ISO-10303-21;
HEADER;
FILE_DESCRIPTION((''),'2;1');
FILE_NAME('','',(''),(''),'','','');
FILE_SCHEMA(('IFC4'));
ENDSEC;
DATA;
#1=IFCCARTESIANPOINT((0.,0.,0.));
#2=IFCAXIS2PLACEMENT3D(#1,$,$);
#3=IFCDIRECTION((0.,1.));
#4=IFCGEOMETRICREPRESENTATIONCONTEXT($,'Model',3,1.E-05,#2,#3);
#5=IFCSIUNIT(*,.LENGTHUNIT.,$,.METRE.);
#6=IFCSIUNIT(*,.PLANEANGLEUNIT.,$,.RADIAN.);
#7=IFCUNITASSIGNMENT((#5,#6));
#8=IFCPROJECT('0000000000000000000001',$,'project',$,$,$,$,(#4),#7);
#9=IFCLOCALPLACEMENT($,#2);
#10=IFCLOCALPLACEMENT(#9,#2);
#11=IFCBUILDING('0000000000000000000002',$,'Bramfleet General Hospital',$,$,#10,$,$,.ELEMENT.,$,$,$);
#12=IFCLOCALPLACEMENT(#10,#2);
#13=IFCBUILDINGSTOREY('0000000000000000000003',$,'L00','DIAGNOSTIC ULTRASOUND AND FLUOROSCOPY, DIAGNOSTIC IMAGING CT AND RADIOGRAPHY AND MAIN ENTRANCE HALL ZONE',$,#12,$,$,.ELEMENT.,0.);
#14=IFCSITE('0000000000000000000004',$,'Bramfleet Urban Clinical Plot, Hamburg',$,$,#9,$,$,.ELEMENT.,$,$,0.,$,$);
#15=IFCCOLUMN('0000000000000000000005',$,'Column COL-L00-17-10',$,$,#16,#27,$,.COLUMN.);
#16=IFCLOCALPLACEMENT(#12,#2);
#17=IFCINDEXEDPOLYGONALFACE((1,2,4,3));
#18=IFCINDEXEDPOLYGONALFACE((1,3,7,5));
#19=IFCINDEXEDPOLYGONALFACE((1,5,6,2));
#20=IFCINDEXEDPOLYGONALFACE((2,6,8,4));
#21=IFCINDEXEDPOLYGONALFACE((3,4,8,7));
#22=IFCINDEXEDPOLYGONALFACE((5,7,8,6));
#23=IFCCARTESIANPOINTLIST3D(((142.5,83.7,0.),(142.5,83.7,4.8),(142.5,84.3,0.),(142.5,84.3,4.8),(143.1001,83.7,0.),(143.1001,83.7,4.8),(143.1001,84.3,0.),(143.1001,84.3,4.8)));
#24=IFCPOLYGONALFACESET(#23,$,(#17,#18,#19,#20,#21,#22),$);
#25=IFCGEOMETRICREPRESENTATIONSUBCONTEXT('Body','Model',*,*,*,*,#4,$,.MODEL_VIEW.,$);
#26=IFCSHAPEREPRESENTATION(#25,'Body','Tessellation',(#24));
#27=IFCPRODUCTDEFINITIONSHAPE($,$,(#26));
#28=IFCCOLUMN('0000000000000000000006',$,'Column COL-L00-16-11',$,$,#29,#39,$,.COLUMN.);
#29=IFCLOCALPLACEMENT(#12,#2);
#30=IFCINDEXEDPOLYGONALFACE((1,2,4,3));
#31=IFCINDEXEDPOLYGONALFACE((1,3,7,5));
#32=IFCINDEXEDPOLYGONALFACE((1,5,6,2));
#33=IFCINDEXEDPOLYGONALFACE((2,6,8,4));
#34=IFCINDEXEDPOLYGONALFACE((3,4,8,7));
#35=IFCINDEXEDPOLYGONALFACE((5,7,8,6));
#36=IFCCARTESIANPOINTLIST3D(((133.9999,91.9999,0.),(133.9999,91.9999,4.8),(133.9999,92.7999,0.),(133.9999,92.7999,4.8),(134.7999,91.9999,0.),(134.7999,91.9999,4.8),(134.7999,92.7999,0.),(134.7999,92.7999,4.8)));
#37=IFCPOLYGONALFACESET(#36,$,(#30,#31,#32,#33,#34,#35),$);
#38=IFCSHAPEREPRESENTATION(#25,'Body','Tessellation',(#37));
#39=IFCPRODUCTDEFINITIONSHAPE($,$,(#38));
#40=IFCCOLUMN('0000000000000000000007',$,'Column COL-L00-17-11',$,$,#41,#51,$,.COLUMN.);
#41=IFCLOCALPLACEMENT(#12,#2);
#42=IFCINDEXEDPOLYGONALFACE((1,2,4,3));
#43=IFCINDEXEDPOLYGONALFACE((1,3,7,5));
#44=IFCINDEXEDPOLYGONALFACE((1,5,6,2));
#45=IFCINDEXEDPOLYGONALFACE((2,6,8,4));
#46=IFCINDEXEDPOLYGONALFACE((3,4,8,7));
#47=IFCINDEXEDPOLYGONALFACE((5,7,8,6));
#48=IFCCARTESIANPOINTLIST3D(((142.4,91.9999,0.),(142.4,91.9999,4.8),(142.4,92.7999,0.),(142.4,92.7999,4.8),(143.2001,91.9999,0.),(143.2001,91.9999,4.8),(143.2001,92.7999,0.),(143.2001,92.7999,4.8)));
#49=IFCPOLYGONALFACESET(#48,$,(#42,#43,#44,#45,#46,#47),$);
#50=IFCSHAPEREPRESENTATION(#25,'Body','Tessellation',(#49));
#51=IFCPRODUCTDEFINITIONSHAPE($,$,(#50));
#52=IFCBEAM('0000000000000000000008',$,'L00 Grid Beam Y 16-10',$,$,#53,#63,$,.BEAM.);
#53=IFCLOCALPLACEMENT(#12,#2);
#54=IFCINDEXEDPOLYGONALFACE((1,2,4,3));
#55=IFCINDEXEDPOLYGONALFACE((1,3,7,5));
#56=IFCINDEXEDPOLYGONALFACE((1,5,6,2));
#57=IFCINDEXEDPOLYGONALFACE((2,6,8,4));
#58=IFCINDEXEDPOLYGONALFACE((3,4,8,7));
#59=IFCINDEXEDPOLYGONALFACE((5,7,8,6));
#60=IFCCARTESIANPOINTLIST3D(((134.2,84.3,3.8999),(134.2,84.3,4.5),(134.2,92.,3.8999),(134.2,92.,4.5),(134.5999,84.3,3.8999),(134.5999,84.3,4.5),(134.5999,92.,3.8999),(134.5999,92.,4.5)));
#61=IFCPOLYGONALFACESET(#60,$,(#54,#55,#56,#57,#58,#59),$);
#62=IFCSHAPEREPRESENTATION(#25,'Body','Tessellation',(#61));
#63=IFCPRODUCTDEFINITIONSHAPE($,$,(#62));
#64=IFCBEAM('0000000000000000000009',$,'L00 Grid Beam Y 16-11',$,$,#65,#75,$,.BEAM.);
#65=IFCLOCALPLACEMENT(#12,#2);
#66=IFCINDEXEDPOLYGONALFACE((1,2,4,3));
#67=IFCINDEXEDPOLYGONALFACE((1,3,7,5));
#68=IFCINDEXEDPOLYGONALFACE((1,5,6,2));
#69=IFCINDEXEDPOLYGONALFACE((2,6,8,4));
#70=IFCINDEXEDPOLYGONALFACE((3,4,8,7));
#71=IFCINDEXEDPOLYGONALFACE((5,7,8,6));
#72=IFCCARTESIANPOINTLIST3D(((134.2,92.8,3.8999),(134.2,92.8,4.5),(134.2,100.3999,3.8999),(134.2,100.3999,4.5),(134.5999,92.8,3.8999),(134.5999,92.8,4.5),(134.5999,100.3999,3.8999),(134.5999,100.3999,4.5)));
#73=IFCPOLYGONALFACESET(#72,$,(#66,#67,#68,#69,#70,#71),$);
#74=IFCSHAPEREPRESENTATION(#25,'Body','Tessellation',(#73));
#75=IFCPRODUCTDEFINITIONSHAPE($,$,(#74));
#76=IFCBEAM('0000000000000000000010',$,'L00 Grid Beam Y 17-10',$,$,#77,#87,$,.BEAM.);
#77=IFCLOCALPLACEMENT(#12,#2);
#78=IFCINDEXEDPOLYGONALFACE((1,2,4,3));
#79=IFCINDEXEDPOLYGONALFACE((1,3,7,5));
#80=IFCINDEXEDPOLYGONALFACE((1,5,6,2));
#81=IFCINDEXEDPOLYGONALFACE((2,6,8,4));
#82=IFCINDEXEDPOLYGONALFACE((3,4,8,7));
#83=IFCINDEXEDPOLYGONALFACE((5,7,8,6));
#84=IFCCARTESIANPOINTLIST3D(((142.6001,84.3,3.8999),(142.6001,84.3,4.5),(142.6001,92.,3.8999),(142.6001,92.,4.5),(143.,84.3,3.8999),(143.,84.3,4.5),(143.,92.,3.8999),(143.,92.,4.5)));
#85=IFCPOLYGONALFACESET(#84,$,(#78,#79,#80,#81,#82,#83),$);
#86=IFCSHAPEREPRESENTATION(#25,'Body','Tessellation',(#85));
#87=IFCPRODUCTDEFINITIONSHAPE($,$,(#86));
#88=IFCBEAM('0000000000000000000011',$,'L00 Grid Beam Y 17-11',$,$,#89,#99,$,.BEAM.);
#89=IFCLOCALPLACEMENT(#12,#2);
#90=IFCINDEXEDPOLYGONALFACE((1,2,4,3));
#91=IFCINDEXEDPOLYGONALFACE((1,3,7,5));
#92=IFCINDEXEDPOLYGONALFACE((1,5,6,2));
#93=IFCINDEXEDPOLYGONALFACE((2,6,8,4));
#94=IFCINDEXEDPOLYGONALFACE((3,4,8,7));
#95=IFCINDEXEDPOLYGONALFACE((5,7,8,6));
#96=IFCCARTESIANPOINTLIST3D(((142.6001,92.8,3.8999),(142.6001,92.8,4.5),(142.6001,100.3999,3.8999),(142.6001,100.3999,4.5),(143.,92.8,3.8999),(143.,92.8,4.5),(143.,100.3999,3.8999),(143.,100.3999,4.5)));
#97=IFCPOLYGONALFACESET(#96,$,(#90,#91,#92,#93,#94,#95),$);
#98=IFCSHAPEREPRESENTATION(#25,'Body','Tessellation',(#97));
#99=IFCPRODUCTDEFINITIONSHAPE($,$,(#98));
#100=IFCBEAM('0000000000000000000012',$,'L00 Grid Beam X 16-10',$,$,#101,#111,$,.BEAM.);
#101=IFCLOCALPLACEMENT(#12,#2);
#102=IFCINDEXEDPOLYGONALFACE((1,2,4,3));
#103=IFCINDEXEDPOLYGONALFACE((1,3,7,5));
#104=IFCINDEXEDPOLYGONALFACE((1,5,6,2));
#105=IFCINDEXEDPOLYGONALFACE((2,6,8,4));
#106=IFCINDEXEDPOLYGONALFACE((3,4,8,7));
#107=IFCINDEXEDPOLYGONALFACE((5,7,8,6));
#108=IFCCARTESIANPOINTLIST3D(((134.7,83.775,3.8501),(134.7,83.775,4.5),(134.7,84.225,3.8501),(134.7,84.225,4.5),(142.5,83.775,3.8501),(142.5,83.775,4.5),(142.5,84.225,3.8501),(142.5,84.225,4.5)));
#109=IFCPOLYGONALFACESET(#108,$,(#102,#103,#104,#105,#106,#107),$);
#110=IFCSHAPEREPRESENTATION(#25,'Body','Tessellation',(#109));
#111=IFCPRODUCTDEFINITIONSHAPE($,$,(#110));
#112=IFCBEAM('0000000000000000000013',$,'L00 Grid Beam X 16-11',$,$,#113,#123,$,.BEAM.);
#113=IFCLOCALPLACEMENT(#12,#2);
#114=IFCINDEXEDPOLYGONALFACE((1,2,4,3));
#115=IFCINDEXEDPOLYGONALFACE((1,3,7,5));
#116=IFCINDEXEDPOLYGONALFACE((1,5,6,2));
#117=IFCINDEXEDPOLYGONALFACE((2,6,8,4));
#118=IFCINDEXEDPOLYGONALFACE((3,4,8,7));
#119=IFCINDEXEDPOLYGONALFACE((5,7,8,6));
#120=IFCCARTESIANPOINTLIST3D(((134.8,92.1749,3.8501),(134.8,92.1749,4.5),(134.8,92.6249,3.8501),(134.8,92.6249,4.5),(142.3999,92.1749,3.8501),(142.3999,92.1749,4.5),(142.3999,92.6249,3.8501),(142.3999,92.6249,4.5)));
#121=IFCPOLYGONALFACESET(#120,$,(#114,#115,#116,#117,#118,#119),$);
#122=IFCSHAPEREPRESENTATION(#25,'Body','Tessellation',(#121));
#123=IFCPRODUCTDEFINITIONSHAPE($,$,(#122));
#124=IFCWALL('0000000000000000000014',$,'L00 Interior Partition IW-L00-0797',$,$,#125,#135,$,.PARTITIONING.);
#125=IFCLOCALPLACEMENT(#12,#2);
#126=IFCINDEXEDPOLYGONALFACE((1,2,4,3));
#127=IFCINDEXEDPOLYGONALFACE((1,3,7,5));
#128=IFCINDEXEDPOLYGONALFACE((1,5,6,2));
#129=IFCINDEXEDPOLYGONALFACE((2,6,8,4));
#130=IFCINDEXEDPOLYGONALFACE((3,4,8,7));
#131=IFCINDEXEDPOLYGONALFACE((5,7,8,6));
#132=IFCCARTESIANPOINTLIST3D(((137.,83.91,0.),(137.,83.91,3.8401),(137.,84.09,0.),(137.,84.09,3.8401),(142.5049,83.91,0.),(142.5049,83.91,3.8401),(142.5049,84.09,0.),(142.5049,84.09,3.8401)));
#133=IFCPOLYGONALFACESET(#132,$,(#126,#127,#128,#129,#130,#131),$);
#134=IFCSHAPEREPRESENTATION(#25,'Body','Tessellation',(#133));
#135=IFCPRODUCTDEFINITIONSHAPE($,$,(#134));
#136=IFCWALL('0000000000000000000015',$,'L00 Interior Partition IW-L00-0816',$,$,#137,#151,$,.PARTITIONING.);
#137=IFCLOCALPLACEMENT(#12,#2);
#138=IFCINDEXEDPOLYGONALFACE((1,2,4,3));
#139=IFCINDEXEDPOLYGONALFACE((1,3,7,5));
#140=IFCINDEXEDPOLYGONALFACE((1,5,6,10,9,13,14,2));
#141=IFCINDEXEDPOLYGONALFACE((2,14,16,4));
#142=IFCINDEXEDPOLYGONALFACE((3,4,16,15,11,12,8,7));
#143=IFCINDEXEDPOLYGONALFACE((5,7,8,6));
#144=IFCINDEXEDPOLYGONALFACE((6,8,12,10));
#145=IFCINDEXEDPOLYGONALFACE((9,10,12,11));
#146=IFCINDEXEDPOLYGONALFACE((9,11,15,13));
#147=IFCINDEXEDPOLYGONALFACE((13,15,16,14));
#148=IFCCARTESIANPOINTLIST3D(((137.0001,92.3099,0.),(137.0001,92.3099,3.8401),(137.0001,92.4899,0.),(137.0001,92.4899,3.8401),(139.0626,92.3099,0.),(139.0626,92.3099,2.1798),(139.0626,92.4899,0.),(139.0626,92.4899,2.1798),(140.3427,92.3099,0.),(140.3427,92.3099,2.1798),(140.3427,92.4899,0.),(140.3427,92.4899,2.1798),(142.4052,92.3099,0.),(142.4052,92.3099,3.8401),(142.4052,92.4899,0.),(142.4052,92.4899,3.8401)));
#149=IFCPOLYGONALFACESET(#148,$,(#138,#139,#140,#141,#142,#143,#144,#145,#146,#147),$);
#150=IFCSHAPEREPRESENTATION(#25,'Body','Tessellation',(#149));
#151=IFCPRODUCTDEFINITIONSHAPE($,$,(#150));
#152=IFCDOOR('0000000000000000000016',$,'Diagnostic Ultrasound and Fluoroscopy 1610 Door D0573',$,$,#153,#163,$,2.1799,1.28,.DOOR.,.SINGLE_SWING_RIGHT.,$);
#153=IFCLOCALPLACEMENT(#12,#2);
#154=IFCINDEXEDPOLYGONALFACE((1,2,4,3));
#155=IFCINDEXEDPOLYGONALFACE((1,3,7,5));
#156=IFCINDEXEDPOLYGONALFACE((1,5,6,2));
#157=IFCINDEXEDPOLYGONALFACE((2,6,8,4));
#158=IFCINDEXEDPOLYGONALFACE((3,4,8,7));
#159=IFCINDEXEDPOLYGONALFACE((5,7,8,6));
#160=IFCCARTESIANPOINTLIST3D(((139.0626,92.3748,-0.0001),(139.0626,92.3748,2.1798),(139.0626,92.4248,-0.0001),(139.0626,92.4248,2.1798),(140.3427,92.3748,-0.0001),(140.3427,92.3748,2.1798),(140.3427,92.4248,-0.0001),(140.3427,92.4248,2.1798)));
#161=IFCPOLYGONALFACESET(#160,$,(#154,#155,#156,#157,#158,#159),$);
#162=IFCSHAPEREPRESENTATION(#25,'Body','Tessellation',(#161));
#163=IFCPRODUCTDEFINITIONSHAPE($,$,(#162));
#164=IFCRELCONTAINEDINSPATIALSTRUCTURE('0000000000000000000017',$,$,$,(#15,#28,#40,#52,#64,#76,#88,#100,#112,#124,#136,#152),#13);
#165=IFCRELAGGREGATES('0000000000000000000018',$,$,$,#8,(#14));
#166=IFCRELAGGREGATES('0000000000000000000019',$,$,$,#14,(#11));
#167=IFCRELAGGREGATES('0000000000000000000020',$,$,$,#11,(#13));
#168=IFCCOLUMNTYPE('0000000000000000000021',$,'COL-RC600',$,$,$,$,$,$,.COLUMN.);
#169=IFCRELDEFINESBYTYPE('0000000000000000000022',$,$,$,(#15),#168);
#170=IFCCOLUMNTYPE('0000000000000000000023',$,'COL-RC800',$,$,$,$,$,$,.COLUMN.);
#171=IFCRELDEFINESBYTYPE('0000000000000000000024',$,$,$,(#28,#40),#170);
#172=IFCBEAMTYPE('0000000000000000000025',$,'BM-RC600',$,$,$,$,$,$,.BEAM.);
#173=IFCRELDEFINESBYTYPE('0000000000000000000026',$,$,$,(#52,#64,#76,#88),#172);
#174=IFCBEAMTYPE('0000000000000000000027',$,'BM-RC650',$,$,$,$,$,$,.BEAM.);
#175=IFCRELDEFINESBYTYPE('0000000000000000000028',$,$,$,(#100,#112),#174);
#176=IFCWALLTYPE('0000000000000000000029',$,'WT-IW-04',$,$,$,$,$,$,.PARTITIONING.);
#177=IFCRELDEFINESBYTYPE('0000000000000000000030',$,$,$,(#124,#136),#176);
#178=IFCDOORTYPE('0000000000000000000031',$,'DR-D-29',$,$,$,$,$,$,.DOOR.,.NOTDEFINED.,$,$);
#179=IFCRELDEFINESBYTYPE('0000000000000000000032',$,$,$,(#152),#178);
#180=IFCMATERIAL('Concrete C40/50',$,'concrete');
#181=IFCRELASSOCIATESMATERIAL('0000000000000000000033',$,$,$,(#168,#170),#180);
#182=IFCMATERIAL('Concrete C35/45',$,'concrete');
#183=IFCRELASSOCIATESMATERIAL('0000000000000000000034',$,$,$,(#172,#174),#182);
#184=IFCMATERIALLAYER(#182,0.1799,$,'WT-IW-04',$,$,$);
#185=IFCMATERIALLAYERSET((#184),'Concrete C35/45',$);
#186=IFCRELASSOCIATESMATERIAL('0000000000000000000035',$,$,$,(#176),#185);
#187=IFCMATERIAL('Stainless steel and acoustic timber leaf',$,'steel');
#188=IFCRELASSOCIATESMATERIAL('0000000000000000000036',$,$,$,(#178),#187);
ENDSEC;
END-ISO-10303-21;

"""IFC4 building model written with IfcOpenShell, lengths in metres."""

from ifc_helpers import new_model, si_unit, direction, frame, frame_2d, origin, origin_2d, place, context, subcontext, project, spatial, rectangle, extrude, material, layer, layer_set, material_profile, profile_set, type_object, element, fill, save


model = new_model("IFC4")

# Units and contexts
model_context = context("Model", 3, precision=1e-05, world=origin(), true_north=direction((0.0, 1.0)))
body_context = subcontext(model_context, "Body", "Model", "MODEL_VIEW")
ifc_project = project(units=[si_unit("LENGTHUNIT", "METRE"), si_unit("PLANEANGLEUNIT", "RADIAN")], contexts=[model_context])

# Site, building, storey
site_placement = place(None, origin())
site = spatial("IfcSite", under=ifc_project, at=site_placement, Name="Bramfleet Urban Clinical Plot, Hamburg", CompositionType="ELEMENT", RefElevation=0.0)
building_placement = place(site_placement, origin())
building = spatial("IfcBuilding", under=site, at=building_placement, Name="Bramfleet General Hospital", CompositionType="ELEMENT")
storey_placement = place(building_placement, origin())
storey = spatial("IfcBuildingStorey", under=building, at=storey_placement, Name="L00", Description="DIAGNOSTIC ULTRASOUND AND FLUOROSCOPY, DIAGNOSTIC IMAGING CT AND RADIOGRAPHY AND MAIN ENTRANCE HALL ZONE", CompositionType="ELEMENT", Elevation=0.0)

# Columns
ifc_material_1 = material(Name="Concrete C40/50", Category="concrete")
ifc_material_profile_1 = material_profile(ifc_material_1, rectangle(XDim=0.6001, YDim=0.6001, at=origin_2d()), Name="RC COL 600x600")
ifc_profile_set_1 = profile_set([ifc_material_profile_1], Name="Concrete C40/50")
column_type_1 = type_object("IfcColumnType", Name="COL-RC600", PredefinedType="COLUMN", material=ifc_profile_set_1)
column_placement = place(storey_placement, frame((142.8, 84.0, 0.0), z_axis=(0.0, 0.0, 1.0), x_axis=(1.0, 0.0, 0.0)))
element("IfcColumn", 1, at=column_placement, inside=storey, type_object=column_type_1, Name="Column COL-L00-17-10", PredefinedType="COLUMN", context=body_context, shape_type="SweptSolid", body=[
    extrude(rectangle(XDim=0.6001, YDim=0.6001, at=origin_2d()), origin(), (0.0, 0.0, 1.0), 4.8),
])
ifc_material_profile_2 = material_profile(ifc_material_1, rectangle(XDim=0.8, YDim=0.8, at=origin_2d()), Name="RC COL 800x800")
ifc_profile_set_2 = profile_set([ifc_material_profile_2], Name="Concrete C40/50")
column_type_2 = type_object("IfcColumnType", Name="COL-RC800", PredefinedType="COLUMN", material=ifc_profile_set_2)
for number, where, z_axis, x_axis, name in (
    (2, (134.3999, 92.3999, 0.0), (0.0, 0.0, 1.0), (1.0, 0.0, 0.0), "Column COL-L00-16-11"),
    (3, (142.8, 92.3999, 0.0), (0.0, 0.0, 1.0), (1.0, 0.0, 0.0), "Column COL-L00-17-11"),
):
    element("IfcColumn", number, at=place(storey_placement, frame(where, z_axis=z_axis, x_axis=x_axis)), inside=storey, type_object=column_type_2, Name=name, PredefinedType="COLUMN", context=body_context, shape_type="SweptSolid", body=[
        extrude(rectangle(XDim=0.8, YDim=0.8, at=origin_2d()), origin(), (0.0, 0.0, 1.0), 4.8),
    ])

# Beams
ifc_material_2 = material(Name="Concrete C35/45", Category="concrete")
ifc_material_profile_3 = material_profile(ifc_material_2, rectangle(XDim=0.3999, YDim=0.6001, at=origin_2d()), Name="RC BM 600x400")
ifc_profile_set_3 = profile_set([ifc_material_profile_3], Name="Concrete C35/45")
beam_type_1 = type_object("IfcBeamType", Name="BM-RC600", PredefinedType="BEAM", material=ifc_profile_set_3)
beam_1_placement = place(storey_placement, frame((134.3999, 84.3, 4.2), z_axis=(0.0, 1.0, 0.0), x_axis=(-1.0, 0.0, 0.0)))
element("IfcBeam", 4, at=beam_1_placement, inside=storey, type_object=beam_type_1, Name="L00 Grid Beam Y 16-10", PredefinedType="BEAM", context=body_context, shape_type="SweptSolid", body=[
    extrude(rectangle(XDim=0.3999, YDim=0.6001, at=origin_2d()), origin(), (0.0, 0.0, 1.0), 7.7),
])
beam_2_placement = place(storey_placement, frame((134.3999, 92.8, 4.2), z_axis=(0.0, 1.0, 0.0), x_axis=(-1.0, 0.0, 0.0)))
element("IfcBeam", 5, at=beam_2_placement, inside=storey, type_object=beam_type_1, Name="L00 Grid Beam Y 16-11", PredefinedType="BEAM", context=body_context, shape_type="SweptSolid", body=[
    extrude(rectangle(XDim=0.3999, YDim=0.6001, at=origin_2d()), origin(), (0.0, 0.0, 1.0), 7.5999),
])
beam_3_placement = place(storey_placement, frame((142.8, 84.3, 4.2), z_axis=(0.0, 1.0, 0.0), x_axis=(-1.0, 0.0, 0.0)))
element("IfcBeam", 6, at=beam_3_placement, inside=storey, type_object=beam_type_1, Name="L00 Grid Beam Y 17-10", PredefinedType="BEAM", context=body_context, shape_type="SweptSolid", body=[
    extrude(rectangle(XDim=0.3999, YDim=0.6001, at=origin_2d()), origin(), (0.0, 0.0, 1.0), 7.7),
])
beam_4_placement = place(storey_placement, frame((142.8, 92.8, 4.2), z_axis=(0.0, 1.0, 0.0), x_axis=(-1.0, 0.0, 0.0)))
element("IfcBeam", 7, at=beam_4_placement, inside=storey, type_object=beam_type_1, Name="L00 Grid Beam Y 17-11", PredefinedType="BEAM", context=body_context, shape_type="SweptSolid", body=[
    extrude(rectangle(XDim=0.3999, YDim=0.6001, at=origin_2d()), origin(), (0.0, 0.0, 1.0), 7.5999),
])
ifc_material_profile_4 = material_profile(ifc_material_2, rectangle(XDim=0.45, YDim=0.6499, at=origin_2d()), Name="RC BM 650x450")
ifc_profile_set_4 = profile_set([ifc_material_profile_4], Name="Concrete C35/45")
beam_type_2 = type_object("IfcBeamType", Name="BM-RC650", PredefinedType="BEAM", material=ifc_profile_set_4)
beam_5_placement = place(storey_placement, frame((134.7, 84.0, 4.175), z_axis=(1.0, 0.0, 0.0), x_axis=(0.0, 1.0, 0.0)))
element("IfcBeam", 8, at=beam_5_placement, inside=storey, type_object=beam_type_2, Name="L00 Grid Beam X 16-10", PredefinedType="BEAM", context=body_context, shape_type="SweptSolid", body=[
    extrude(rectangle(XDim=0.45, YDim=0.6499, at=origin_2d()), origin(), (0.0, 0.0, 1.0), 7.8),
])
beam_6_placement = place(storey_placement, frame((134.8, 92.3999, 4.175), z_axis=(1.0, 0.0, 0.0), x_axis=(0.0, 1.0, 0.0)))
element("IfcBeam", 9, at=beam_6_placement, inside=storey, type_object=beam_type_2, Name="L00 Grid Beam X 16-11", PredefinedType="BEAM", context=body_context, shape_type="SweptSolid", body=[
    extrude(rectangle(XDim=0.45, YDim=0.6499, at=origin_2d()), origin(), (0.0, 0.0, 1.0), 7.5999),
])

# Wall
ifc_layer = layer(ifc_material_2, 0.1799, Name="WT-IW-04")
ifc_layer_set = layer_set([ifc_layer], Name="Concrete C35/45")
wall_type = type_object("IfcWallType", Name="WT-IW-04", PredefinedType="PARTITIONING", material=ifc_layer_set)
wall_1_placement = place(storey_placement, frame((137.0, 84.0, 0.0), z_axis=(0.0, 0.0, 1.0), x_axis=(1.0, 0.0, 0.0)))
element("IfcWall", 10, at=wall_1_placement, inside=storey, type_object=wall_type, Name="L00 Interior Partition IW-L00-0797", PredefinedType="PARTITIONING", context=body_context, shape_type="SweptSolid", body=[
    extrude(rectangle(XDim=5.5049, YDim=0.1799, at=frame_2d((2.7524, 0.0))), origin(), (0.0, 0.0, 1.0), 3.8401),
])

# Wall, opening, door
wall_2_placement = place(storey_placement, frame((137.0, 92.3999, 0.0), z_axis=(0.0, 0.0, 1.0), x_axis=(1.0, 0.0, 0.0)))
wall_2 = element("IfcWall", 11, at=wall_2_placement, inside=storey, type_object=wall_type, Name="L00 Interior Partition IW-L00-0816", PredefinedType="PARTITIONING", context=body_context, shape_type="SweptSolid", body=[
    extrude(rectangle(XDim=5.405, YDim=0.1799, at=frame_2d((2.7026, 0.0))), origin(), (0.0, 0.0, 1.0), 3.8401),
])
opening_1_placement = place(wall_2_placement, frame((2.0625, 0.0, 0.0)))
opening_1 = element("IfcOpeningElement", 12, at=opening_1_placement, cuts=wall_2, PredefinedType="OPENING", context=body_context, shape_type="SweptSolid", body=[
    extrude(rectangle(XDim=1.28, YDim=2.1799, at=frame_2d((0.6401, 1.0898))), frame((0.0, 0.0999, 0.0), z_axis=(0.0, -1.0, 0.0), x_axis=(1.0, 0.0, 0.0)), (0.0, 0.0, 1.0), 0.2),
])
ifc_material_3 = material(Name="Stainless steel and acoustic timber leaf", Category="steel")
door_type_1 = type_object("IfcDoorType", Name="DR-D-29", OperationType="NOTDEFINED", PredefinedType="DOOR", material=ifc_material_3)
door_1_placement = place(opening_1_placement, origin())
door_1 = element("IfcDoor", 13, at=door_1_placement, inside=storey, type_object=door_type_1, Name="Diagnostic Ultrasound and Fluoroscopy 1610 Door D0573", OperationType="SINGLE_SWING_RIGHT", OverallHeight=2.1799, OverallWidth=1.28, PredefinedType="DOOR", context=body_context, shape_type="SweptSolid", body=[
    extrude(rectangle(XDim=1.28, YDim=2.1799, at=frame_2d((0.6401, 1.0898))), frame((0.0, 0.0249, 0.0), z_axis=(0.0, -1.0, 0.0), x_axis=(1.0, 0.0, 0.0)), (0.0, 0.0, 1.0), 0.05),
])
fill(opening_1, door_1)

save(model, "model.ifc")
